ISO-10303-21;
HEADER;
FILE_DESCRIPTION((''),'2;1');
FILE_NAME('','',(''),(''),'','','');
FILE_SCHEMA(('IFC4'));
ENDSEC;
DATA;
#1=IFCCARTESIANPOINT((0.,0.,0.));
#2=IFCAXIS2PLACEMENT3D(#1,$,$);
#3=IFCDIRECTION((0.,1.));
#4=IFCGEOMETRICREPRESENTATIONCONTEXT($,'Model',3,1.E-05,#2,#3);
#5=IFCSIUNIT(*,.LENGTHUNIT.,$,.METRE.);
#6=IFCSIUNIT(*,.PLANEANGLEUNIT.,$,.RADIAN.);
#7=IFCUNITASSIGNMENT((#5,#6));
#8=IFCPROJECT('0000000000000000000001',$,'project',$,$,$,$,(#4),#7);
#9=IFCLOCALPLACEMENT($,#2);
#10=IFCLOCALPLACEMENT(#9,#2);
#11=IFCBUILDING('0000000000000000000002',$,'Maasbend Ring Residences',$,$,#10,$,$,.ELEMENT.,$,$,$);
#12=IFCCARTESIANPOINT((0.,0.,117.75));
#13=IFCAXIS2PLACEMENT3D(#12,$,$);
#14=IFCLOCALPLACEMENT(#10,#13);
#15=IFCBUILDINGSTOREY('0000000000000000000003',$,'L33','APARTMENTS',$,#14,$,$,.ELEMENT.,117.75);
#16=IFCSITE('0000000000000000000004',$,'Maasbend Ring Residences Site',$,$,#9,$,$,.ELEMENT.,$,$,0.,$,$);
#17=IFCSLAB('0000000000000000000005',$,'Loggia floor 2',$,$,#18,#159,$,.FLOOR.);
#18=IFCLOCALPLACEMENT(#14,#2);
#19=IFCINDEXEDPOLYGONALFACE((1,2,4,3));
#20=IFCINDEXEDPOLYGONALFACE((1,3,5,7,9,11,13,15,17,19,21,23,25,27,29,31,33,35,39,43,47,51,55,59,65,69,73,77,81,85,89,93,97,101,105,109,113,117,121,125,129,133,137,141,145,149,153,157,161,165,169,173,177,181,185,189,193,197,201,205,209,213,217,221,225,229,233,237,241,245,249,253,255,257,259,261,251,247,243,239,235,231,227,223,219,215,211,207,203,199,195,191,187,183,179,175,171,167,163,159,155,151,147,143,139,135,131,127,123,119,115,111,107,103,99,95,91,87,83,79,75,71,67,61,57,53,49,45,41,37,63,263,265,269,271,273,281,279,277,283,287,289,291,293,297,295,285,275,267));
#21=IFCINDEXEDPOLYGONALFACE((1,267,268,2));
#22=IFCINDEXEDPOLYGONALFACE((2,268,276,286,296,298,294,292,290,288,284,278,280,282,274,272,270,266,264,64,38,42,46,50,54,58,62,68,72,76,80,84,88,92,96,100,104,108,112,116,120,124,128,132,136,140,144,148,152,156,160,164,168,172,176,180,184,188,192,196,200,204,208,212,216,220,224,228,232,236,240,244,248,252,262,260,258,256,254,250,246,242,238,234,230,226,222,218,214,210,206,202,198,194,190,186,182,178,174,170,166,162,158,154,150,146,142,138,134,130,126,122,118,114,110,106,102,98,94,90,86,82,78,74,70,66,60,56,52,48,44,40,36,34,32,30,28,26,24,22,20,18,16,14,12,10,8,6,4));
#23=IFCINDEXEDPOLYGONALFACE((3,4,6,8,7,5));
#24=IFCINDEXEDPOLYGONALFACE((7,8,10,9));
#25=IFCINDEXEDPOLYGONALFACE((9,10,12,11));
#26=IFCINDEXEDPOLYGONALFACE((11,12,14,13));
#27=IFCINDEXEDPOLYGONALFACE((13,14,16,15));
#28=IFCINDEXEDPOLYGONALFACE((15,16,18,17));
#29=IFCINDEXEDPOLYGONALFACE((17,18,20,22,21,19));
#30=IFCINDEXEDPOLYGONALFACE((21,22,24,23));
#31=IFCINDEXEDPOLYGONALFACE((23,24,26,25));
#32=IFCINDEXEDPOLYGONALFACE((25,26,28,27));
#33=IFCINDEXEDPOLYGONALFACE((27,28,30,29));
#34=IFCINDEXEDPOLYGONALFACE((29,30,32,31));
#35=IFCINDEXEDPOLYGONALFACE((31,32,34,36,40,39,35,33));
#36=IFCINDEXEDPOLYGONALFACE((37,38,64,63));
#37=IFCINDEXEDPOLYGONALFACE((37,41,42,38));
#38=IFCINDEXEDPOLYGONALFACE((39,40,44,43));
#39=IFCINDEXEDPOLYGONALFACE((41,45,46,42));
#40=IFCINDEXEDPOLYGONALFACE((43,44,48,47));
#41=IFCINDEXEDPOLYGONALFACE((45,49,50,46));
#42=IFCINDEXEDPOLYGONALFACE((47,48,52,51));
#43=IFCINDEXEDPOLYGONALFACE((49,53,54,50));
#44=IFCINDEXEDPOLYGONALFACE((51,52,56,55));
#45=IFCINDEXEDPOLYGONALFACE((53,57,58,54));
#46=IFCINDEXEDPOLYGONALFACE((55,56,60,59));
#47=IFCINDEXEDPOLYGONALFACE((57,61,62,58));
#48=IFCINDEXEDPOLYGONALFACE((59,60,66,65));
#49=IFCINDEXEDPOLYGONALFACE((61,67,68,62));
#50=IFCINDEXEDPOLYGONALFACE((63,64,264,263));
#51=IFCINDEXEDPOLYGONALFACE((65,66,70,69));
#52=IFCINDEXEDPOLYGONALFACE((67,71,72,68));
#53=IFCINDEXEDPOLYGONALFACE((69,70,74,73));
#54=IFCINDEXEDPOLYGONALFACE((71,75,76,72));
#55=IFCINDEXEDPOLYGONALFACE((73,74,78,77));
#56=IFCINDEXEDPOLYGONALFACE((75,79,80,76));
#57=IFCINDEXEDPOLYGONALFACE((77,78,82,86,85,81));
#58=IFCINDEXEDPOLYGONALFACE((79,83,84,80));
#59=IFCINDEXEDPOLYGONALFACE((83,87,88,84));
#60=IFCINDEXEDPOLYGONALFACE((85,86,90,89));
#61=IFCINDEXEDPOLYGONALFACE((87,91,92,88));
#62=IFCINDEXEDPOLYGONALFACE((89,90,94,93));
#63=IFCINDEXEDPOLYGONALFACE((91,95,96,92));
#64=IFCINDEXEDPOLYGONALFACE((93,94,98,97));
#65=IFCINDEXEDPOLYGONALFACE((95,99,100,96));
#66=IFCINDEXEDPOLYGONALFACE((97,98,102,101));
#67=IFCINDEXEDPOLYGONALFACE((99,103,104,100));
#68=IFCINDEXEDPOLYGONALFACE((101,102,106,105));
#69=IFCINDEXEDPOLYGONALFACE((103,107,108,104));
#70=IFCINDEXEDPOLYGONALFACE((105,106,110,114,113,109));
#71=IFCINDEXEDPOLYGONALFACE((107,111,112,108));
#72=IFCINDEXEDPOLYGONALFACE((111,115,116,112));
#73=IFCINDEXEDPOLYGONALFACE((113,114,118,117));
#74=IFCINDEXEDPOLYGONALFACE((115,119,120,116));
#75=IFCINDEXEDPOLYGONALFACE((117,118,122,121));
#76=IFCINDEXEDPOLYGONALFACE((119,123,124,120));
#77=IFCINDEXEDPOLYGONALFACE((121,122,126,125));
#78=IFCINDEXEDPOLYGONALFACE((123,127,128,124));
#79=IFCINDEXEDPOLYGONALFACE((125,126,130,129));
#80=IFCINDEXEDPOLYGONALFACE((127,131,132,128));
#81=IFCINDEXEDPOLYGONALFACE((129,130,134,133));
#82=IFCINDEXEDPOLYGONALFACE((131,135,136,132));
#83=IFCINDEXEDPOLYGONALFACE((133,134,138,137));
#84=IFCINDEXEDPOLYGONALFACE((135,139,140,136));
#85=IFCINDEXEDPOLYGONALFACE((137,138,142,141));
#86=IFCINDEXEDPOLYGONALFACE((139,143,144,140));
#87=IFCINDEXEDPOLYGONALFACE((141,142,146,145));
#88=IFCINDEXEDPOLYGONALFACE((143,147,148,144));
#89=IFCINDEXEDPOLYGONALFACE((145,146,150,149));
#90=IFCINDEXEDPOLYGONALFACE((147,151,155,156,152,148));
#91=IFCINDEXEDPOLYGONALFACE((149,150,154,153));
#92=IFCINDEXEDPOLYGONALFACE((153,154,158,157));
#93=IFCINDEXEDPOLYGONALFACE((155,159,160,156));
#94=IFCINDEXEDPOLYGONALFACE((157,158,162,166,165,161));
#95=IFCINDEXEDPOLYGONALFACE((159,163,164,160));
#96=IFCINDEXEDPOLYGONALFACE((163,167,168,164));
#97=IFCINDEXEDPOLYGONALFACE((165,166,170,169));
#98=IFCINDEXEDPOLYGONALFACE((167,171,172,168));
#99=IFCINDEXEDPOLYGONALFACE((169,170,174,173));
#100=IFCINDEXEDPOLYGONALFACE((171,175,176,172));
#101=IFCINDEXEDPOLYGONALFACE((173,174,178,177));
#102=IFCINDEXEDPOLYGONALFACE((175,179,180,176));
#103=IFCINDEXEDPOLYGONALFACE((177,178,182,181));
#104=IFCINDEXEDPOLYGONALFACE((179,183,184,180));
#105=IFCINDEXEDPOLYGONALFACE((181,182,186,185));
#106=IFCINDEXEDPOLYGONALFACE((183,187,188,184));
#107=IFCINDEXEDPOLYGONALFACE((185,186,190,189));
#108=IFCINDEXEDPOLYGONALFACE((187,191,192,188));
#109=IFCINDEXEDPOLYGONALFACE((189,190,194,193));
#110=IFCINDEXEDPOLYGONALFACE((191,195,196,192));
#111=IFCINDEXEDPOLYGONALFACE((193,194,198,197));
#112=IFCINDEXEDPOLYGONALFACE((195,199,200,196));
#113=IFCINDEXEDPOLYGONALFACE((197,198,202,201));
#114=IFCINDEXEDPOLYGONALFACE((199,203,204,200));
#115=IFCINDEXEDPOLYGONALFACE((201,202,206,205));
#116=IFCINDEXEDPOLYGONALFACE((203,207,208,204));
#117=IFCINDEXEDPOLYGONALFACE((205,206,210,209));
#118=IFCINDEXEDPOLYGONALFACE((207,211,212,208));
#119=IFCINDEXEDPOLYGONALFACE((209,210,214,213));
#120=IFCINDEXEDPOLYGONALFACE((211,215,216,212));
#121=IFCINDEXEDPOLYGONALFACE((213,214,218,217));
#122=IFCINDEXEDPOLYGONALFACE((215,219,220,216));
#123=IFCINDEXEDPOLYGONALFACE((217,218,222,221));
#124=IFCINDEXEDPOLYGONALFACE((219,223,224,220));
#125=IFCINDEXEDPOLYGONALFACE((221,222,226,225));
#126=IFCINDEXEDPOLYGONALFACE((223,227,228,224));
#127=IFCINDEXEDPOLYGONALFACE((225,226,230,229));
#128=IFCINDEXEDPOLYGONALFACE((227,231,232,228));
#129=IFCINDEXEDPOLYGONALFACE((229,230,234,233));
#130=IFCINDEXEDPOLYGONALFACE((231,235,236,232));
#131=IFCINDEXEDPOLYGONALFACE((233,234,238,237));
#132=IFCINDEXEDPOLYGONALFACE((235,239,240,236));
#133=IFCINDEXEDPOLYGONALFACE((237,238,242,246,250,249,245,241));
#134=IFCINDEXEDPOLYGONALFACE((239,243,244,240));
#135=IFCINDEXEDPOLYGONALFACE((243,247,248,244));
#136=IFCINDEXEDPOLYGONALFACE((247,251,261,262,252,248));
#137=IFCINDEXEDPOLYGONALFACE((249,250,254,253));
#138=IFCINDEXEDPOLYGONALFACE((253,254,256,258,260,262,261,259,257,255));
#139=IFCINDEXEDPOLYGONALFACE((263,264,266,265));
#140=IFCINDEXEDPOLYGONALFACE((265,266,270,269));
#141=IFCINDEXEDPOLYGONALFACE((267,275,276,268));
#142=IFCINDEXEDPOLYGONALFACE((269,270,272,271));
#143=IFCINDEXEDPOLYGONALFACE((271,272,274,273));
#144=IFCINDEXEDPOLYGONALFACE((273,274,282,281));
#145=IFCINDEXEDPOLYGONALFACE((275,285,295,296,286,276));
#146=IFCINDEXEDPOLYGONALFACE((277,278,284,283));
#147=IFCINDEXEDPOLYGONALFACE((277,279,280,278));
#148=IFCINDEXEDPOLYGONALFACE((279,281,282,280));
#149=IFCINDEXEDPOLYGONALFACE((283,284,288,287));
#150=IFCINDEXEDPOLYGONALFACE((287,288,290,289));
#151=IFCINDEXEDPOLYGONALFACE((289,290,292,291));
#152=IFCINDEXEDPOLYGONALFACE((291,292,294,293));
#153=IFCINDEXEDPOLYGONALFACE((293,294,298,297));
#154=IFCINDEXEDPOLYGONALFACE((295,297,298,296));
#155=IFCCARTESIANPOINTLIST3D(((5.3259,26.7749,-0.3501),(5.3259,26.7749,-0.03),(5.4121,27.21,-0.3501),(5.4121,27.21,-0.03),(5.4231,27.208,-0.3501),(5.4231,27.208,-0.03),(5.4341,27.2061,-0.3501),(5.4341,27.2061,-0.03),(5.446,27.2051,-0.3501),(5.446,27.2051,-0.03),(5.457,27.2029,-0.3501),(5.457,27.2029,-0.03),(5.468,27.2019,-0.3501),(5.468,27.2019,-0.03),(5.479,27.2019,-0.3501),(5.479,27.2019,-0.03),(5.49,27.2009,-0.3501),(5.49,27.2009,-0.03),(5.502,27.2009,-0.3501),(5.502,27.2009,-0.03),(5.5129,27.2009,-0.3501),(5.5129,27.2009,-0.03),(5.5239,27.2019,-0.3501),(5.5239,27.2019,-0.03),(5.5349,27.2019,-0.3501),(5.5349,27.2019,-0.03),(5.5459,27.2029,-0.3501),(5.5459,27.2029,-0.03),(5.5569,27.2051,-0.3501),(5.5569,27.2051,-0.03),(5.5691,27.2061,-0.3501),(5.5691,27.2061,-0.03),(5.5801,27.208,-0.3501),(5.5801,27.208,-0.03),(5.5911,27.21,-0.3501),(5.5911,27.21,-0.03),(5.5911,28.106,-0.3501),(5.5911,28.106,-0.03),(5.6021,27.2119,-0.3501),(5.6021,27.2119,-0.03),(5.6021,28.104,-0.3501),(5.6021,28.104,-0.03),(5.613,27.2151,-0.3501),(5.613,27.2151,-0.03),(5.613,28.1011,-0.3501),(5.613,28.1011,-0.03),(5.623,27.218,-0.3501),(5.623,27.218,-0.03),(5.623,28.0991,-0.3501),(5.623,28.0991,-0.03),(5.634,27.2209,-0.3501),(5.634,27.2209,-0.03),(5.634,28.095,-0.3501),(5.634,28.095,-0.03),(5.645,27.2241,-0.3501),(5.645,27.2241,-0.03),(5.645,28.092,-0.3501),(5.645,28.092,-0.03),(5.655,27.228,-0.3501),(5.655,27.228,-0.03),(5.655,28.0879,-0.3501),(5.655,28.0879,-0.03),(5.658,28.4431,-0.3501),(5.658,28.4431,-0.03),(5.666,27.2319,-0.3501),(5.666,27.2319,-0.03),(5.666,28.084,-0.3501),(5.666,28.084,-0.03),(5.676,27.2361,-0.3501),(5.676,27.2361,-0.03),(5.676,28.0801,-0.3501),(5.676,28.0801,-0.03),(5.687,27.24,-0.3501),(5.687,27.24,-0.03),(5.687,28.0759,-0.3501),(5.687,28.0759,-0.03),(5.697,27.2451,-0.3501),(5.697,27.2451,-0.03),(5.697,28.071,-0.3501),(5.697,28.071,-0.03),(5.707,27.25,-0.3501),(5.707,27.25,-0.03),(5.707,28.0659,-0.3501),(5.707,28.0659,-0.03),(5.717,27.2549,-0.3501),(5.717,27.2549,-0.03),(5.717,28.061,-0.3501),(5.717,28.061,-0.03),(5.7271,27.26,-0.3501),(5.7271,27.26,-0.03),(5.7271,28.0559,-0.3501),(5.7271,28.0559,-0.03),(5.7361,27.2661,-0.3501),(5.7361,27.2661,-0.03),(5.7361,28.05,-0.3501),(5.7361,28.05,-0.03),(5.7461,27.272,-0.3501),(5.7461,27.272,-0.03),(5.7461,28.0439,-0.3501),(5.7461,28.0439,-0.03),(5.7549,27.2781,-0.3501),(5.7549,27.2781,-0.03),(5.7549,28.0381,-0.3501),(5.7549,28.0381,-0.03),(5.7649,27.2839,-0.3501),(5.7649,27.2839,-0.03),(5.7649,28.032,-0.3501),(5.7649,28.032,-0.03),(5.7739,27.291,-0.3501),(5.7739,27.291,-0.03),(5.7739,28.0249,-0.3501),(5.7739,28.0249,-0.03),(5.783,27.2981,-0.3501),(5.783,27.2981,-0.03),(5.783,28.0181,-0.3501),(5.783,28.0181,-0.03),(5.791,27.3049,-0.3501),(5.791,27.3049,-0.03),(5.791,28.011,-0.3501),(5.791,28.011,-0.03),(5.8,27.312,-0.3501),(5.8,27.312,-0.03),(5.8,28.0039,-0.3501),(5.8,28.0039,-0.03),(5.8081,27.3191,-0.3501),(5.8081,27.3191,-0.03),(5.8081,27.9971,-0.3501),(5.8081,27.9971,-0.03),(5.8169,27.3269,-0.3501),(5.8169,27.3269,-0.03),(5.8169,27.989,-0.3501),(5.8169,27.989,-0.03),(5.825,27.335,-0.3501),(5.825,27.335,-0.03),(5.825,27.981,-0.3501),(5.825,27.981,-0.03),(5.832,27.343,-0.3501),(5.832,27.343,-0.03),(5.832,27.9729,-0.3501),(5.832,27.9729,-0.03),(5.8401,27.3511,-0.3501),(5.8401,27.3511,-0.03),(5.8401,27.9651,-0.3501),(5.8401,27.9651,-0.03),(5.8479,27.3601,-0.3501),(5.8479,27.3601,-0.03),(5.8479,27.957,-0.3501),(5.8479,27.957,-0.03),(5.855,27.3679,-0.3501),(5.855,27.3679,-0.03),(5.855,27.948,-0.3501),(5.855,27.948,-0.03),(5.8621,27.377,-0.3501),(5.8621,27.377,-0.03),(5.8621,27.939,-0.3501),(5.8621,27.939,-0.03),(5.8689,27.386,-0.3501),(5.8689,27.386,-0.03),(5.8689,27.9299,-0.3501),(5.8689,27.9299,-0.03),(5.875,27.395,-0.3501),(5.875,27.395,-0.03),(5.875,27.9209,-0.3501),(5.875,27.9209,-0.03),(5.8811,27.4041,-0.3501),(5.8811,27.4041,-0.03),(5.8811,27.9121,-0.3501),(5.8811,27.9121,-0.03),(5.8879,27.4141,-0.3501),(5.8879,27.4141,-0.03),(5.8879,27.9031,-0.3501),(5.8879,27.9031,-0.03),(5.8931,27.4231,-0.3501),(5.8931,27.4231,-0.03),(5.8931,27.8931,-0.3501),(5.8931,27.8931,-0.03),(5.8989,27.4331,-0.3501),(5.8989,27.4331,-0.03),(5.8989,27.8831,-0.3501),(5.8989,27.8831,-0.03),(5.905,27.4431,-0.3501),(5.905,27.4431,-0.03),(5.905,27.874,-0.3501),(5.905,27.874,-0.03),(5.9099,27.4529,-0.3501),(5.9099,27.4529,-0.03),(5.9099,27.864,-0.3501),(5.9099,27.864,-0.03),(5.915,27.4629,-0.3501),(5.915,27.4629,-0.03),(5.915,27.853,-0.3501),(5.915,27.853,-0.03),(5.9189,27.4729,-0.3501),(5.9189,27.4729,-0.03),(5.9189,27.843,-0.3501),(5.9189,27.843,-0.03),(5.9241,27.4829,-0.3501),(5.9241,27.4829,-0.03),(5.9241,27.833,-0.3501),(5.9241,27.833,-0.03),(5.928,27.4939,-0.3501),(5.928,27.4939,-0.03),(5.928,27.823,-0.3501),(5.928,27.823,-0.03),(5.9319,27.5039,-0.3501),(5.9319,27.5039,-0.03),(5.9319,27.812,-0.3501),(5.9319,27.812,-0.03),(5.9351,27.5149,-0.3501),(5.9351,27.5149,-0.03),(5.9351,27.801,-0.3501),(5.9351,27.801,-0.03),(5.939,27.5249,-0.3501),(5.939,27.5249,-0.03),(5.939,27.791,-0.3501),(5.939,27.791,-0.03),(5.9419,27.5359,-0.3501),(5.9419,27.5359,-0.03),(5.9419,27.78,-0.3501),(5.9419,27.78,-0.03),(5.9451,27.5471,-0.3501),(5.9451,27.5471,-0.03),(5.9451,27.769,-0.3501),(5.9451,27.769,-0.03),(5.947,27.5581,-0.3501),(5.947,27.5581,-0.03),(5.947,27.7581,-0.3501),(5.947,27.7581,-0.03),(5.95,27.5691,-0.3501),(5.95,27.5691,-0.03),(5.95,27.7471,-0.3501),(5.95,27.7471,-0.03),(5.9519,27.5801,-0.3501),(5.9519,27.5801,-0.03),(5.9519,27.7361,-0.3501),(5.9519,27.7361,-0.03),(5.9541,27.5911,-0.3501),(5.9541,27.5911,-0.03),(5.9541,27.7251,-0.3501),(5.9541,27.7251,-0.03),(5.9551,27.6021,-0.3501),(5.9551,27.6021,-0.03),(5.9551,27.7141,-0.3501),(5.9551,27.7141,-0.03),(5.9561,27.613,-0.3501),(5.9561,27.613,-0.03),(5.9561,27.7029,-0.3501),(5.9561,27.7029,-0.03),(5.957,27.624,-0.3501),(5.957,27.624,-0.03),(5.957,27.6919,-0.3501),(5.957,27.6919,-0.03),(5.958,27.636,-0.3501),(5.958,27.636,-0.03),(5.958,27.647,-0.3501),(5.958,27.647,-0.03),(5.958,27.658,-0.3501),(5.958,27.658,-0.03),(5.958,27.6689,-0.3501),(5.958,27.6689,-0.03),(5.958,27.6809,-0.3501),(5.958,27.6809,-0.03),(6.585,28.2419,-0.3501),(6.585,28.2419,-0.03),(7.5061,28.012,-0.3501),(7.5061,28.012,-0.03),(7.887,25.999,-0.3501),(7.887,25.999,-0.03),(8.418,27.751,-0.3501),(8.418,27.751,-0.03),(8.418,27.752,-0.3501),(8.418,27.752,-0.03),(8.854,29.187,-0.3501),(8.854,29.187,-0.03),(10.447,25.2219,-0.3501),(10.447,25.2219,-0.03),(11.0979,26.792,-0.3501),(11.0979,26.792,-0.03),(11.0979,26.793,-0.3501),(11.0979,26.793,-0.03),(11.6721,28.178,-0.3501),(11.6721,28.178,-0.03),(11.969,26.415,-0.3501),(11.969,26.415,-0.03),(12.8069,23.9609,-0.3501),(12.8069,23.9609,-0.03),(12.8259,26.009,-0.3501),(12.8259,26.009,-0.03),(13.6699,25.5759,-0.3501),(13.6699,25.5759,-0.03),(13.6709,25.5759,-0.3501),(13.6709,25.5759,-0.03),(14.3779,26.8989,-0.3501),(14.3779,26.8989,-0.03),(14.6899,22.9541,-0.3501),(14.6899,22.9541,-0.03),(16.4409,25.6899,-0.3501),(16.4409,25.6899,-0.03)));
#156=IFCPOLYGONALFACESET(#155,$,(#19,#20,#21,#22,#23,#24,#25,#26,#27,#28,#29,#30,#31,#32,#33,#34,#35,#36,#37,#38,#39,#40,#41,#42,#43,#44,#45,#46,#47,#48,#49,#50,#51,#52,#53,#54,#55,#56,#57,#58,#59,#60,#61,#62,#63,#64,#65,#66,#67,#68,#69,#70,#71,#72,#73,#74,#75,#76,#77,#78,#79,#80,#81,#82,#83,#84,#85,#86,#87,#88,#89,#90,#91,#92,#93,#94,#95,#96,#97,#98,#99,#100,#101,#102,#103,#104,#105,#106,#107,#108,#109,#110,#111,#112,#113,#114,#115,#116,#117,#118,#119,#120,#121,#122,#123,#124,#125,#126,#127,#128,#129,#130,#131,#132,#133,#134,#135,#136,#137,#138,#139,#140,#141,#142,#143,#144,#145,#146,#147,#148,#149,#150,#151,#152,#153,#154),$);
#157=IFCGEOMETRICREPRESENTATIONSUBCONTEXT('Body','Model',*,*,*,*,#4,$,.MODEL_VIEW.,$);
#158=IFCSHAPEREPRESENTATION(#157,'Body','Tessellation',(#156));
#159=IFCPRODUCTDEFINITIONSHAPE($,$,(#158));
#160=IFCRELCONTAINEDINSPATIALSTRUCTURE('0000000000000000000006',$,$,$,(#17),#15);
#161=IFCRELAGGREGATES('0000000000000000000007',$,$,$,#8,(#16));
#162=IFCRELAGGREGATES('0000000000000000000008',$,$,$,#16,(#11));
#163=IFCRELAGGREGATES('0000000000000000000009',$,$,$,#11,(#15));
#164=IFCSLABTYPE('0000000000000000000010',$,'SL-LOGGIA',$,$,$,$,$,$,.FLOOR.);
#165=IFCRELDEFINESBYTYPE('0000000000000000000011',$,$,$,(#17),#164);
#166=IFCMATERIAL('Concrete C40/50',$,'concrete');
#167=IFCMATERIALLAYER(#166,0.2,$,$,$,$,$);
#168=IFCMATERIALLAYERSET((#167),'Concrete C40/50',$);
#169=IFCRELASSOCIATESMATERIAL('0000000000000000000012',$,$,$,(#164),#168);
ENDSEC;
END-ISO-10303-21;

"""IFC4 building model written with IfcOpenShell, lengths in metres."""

from ifc_helpers import new_model, si_unit, direction, frame, origin, place, context, subcontext, project, spatial, polyline, outline, extrude, material, layer, layer_set, type_object, element, save


model = new_model("IFC4")

# Units and contexts
model_context = context("Model", 3, precision=1e-05, world=origin(), true_north=direction((0.0, 1.0)))
body_context = subcontext(model_context, "Body", "Model", "MODEL_VIEW")
ifc_project = project(units=[si_unit("LENGTHUNIT", "METRE"), si_unit("PLANEANGLEUNIT", "RADIAN")], contexts=[model_context])

# Site, building, storey
site_placement = place(None, origin())
site = spatial("IfcSite", under=ifc_project, at=site_placement, Name="Maasbend Ring Residences Site", CompositionType="ELEMENT", RefElevation=0.0)
building_placement = place(site_placement, origin())
building = spatial("IfcBuilding", under=site, at=building_placement, Name="Maasbend Ring Residences", CompositionType="ELEMENT")
storey_placement = place(building_placement, frame((0.0, 0.0, 117.75)))
storey = spatial("IfcBuildingStorey", under=building, at=storey_placement, Name="L33", Description="APARTMENTS", CompositionType="ELEMENT", Elevation=117.75)

# Slab
ifc_material_1 = material(Name="Concrete C40/50", Category="concrete")
ifc_layer_1 = layer(ifc_material_1, 0.2)
ifc_layer_set_1 = layer_set([ifc_layer_1], Name="Concrete C40/50")
slab_type_1 = type_object("IfcSlabType", Name="SL-LOGGIA", PredefinedType="FLOOR", material=ifc_layer_set_1)
slab_1_placement = place(storey_placement, frame((0.0, 0.0, -0.3501)))
element("IfcSlab", 1, at=slab_1_placement, inside=storey, type_object=slab_type_1, Name="Loggia floor 2", PredefinedType="FLOOR", context=body_context, shape_type="SweptSolid", body=[
    extrude(outline(polyline([(5.446, 27.2051), (5.457, 27.2029), (5.468, 27.2019), (5.479, 27.2019), (5.49, 27.2009), (5.502, 27.2009), (5.5129, 27.2009), (5.5239, 27.2019), (5.5349, 27.2019), (5.5459, 27.2029), (5.5569, 27.2051), (5.5691, 27.2061), (5.5801, 27.208), (5.5911, 27.21), (5.6021, 27.2119), (5.613, 27.2151), (5.623, 27.218), (5.634, 27.2209), (5.645, 27.2241), (5.655, 27.228), (5.666, 27.2319), (5.676, 27.2361), (5.687, 27.24), (5.697, 27.2451), (5.707, 27.25), (5.717, 27.2549), (5.7271, 27.26), (5.7361, 27.2661), (5.7461, 27.272), (5.7549, 27.2781), (5.7649, 27.2839), (5.7739, 27.291), (5.783, 27.2981), (5.791, 27.3049), (5.8, 27.312), (5.8081, 27.3191), (5.8169, 27.3269), (5.825, 27.335), (5.832, 27.343), (5.8401, 27.3511), (5.8479, 27.3601), (5.855, 27.3679), (5.8621, 27.377), (5.8689, 27.386), (5.875, 27.395), (5.8811, 27.4041), (5.8879, 27.4141), (5.8931, 27.4231), (5.8989, 27.4331), (5.905, 27.4431), (5.9099, 27.4529), (5.915, 27.4629), (5.9189, 27.4729), (5.9241, 27.4829), (5.928, 27.4939), (5.9319, 27.5039), (5.9351, 27.5149), (5.939, 27.5249), (5.9419, 27.5359), (5.9451, 27.5471), (5.947, 27.5581), (5.95, 27.5691), (5.9519, 27.5801), (5.9541, 27.5911), (5.9551, 27.6021), (5.9561, 27.613), (5.957, 27.624), (5.958, 27.636), (5.958, 27.647), (5.958, 27.658), (5.958, 27.6689), (5.958, 27.6809), (5.957, 27.6919), (5.9561, 27.7029), (5.9551, 27.7141), (5.9541, 27.7251), (5.9519, 27.7361), (5.95, 27.7471), (5.947, 27.7581), (5.9451, 27.769), (5.9419, 27.78), (5.939, 27.791), (5.9351, 27.801), (5.9319, 27.812), (5.928, 27.823), (5.9241, 27.833), (5.9189, 27.843), (5.915, 27.853), (5.9099, 27.864), (5.905, 27.874), (5.8989, 27.8831), (5.8931, 27.8931), (5.8879, 27.9031), (5.8811, 27.9121), (5.875, 27.9209), (5.8689, 27.9299), (5.8621, 27.939), (5.855, 27.948), (5.8479, 27.957), (5.8401, 27.9651), (5.832, 27.9729), (5.825, 27.981), (5.8169, 27.989), (5.8081, 27.9971), (5.8, 28.0039), (5.791, 28.011), (5.783, 28.0181), (5.7739, 28.0249), (5.7649, 28.032), (5.7549, 28.0381), (5.7461, 28.0439), (5.7361, 28.05), (5.7271, 28.0559), (5.717, 28.061), (5.707, 28.0659), (5.697, 28.071), (5.687, 28.0759), (5.676, 28.0801), (5.666, 28.084), (5.655, 28.0879), (5.645, 28.092), (5.634, 28.095), (5.623, 28.0991), (5.613, 28.1011), (5.6021, 28.104), (5.5911, 28.106), (5.658, 28.4431), (5.658, 28.4431), (5.658, 28.4431), (6.585, 28.2419), (6.585, 28.2419), (7.5061, 28.012), (7.5061, 28.012), (8.418, 27.751), (8.418, 27.751), (8.418, 27.751), (8.418, 27.751), (8.418, 27.751), (8.418, 27.751), (8.418, 27.751), (8.418, 27.751), (8.418, 27.751), (8.418, 27.751), (8.418, 27.752), (8.418, 27.752), (8.418, 27.752), (8.418, 27.752), (8.418, 27.752), (8.418, 27.752), (8.418, 27.752), (8.854, 29.187), (8.854, 29.187), (8.854, 29.187), (11.6721, 28.178), (11.6721, 28.178), (11.6721, 28.178), (11.0979, 26.793), (11.0979, 26.793), (11.0979, 26.793), (11.0979, 26.793), (11.0979, 26.793), (11.0979, 26.793), (11.0979, 26.793), (11.0979, 26.793), (11.0979, 26.793), (11.0979, 26.793), (11.0979, 26.792), (11.0979, 26.792), (11.0979, 26.792), (11.0979, 26.792), (11.0979, 26.792), (11.0979, 26.792), (11.0979, 26.792), (11.969, 26.415), (11.969, 26.415), (12.8259, 26.009), (12.8259, 26.009), (13.6699, 25.5759), (13.6699, 25.5759), (13.6699, 25.5759), (13.6699, 25.5759), (13.6699, 25.5759), (13.6699, 25.5759), (13.6699, 25.5759), (13.6699, 25.5759), (13.6699, 25.5759), (13.6699, 25.5759), (13.6709, 25.5759), (13.6709, 25.5759), (13.6709, 25.5759), (13.6709, 25.5759), (13.6709, 25.5759), (13.6709, 25.5759), (13.6709, 25.5759), (14.3779, 26.8989), (14.3779, 26.8989), (14.3779, 26.8989), (16.4409, 25.6899), (16.4409, 25.6899), (16.4409, 25.6899), (14.6899, 22.9541), (14.6899, 22.9541), (14.6899, 22.9541), (12.8069, 23.9609), (10.447, 25.2219), (10.447, 25.2219), (10.447, 25.2219), (7.887, 25.999), (5.3259, 26.7749), (5.3259, 26.7749), (5.3259, 26.7749), (5.4121, 27.21), (5.4231, 27.208), (5.4341, 27.2061), (5.446, 27.2051)])), origin(), (0.0, 0.0, 1.0), 0.3201),
])

save(model, "model.ifc")
